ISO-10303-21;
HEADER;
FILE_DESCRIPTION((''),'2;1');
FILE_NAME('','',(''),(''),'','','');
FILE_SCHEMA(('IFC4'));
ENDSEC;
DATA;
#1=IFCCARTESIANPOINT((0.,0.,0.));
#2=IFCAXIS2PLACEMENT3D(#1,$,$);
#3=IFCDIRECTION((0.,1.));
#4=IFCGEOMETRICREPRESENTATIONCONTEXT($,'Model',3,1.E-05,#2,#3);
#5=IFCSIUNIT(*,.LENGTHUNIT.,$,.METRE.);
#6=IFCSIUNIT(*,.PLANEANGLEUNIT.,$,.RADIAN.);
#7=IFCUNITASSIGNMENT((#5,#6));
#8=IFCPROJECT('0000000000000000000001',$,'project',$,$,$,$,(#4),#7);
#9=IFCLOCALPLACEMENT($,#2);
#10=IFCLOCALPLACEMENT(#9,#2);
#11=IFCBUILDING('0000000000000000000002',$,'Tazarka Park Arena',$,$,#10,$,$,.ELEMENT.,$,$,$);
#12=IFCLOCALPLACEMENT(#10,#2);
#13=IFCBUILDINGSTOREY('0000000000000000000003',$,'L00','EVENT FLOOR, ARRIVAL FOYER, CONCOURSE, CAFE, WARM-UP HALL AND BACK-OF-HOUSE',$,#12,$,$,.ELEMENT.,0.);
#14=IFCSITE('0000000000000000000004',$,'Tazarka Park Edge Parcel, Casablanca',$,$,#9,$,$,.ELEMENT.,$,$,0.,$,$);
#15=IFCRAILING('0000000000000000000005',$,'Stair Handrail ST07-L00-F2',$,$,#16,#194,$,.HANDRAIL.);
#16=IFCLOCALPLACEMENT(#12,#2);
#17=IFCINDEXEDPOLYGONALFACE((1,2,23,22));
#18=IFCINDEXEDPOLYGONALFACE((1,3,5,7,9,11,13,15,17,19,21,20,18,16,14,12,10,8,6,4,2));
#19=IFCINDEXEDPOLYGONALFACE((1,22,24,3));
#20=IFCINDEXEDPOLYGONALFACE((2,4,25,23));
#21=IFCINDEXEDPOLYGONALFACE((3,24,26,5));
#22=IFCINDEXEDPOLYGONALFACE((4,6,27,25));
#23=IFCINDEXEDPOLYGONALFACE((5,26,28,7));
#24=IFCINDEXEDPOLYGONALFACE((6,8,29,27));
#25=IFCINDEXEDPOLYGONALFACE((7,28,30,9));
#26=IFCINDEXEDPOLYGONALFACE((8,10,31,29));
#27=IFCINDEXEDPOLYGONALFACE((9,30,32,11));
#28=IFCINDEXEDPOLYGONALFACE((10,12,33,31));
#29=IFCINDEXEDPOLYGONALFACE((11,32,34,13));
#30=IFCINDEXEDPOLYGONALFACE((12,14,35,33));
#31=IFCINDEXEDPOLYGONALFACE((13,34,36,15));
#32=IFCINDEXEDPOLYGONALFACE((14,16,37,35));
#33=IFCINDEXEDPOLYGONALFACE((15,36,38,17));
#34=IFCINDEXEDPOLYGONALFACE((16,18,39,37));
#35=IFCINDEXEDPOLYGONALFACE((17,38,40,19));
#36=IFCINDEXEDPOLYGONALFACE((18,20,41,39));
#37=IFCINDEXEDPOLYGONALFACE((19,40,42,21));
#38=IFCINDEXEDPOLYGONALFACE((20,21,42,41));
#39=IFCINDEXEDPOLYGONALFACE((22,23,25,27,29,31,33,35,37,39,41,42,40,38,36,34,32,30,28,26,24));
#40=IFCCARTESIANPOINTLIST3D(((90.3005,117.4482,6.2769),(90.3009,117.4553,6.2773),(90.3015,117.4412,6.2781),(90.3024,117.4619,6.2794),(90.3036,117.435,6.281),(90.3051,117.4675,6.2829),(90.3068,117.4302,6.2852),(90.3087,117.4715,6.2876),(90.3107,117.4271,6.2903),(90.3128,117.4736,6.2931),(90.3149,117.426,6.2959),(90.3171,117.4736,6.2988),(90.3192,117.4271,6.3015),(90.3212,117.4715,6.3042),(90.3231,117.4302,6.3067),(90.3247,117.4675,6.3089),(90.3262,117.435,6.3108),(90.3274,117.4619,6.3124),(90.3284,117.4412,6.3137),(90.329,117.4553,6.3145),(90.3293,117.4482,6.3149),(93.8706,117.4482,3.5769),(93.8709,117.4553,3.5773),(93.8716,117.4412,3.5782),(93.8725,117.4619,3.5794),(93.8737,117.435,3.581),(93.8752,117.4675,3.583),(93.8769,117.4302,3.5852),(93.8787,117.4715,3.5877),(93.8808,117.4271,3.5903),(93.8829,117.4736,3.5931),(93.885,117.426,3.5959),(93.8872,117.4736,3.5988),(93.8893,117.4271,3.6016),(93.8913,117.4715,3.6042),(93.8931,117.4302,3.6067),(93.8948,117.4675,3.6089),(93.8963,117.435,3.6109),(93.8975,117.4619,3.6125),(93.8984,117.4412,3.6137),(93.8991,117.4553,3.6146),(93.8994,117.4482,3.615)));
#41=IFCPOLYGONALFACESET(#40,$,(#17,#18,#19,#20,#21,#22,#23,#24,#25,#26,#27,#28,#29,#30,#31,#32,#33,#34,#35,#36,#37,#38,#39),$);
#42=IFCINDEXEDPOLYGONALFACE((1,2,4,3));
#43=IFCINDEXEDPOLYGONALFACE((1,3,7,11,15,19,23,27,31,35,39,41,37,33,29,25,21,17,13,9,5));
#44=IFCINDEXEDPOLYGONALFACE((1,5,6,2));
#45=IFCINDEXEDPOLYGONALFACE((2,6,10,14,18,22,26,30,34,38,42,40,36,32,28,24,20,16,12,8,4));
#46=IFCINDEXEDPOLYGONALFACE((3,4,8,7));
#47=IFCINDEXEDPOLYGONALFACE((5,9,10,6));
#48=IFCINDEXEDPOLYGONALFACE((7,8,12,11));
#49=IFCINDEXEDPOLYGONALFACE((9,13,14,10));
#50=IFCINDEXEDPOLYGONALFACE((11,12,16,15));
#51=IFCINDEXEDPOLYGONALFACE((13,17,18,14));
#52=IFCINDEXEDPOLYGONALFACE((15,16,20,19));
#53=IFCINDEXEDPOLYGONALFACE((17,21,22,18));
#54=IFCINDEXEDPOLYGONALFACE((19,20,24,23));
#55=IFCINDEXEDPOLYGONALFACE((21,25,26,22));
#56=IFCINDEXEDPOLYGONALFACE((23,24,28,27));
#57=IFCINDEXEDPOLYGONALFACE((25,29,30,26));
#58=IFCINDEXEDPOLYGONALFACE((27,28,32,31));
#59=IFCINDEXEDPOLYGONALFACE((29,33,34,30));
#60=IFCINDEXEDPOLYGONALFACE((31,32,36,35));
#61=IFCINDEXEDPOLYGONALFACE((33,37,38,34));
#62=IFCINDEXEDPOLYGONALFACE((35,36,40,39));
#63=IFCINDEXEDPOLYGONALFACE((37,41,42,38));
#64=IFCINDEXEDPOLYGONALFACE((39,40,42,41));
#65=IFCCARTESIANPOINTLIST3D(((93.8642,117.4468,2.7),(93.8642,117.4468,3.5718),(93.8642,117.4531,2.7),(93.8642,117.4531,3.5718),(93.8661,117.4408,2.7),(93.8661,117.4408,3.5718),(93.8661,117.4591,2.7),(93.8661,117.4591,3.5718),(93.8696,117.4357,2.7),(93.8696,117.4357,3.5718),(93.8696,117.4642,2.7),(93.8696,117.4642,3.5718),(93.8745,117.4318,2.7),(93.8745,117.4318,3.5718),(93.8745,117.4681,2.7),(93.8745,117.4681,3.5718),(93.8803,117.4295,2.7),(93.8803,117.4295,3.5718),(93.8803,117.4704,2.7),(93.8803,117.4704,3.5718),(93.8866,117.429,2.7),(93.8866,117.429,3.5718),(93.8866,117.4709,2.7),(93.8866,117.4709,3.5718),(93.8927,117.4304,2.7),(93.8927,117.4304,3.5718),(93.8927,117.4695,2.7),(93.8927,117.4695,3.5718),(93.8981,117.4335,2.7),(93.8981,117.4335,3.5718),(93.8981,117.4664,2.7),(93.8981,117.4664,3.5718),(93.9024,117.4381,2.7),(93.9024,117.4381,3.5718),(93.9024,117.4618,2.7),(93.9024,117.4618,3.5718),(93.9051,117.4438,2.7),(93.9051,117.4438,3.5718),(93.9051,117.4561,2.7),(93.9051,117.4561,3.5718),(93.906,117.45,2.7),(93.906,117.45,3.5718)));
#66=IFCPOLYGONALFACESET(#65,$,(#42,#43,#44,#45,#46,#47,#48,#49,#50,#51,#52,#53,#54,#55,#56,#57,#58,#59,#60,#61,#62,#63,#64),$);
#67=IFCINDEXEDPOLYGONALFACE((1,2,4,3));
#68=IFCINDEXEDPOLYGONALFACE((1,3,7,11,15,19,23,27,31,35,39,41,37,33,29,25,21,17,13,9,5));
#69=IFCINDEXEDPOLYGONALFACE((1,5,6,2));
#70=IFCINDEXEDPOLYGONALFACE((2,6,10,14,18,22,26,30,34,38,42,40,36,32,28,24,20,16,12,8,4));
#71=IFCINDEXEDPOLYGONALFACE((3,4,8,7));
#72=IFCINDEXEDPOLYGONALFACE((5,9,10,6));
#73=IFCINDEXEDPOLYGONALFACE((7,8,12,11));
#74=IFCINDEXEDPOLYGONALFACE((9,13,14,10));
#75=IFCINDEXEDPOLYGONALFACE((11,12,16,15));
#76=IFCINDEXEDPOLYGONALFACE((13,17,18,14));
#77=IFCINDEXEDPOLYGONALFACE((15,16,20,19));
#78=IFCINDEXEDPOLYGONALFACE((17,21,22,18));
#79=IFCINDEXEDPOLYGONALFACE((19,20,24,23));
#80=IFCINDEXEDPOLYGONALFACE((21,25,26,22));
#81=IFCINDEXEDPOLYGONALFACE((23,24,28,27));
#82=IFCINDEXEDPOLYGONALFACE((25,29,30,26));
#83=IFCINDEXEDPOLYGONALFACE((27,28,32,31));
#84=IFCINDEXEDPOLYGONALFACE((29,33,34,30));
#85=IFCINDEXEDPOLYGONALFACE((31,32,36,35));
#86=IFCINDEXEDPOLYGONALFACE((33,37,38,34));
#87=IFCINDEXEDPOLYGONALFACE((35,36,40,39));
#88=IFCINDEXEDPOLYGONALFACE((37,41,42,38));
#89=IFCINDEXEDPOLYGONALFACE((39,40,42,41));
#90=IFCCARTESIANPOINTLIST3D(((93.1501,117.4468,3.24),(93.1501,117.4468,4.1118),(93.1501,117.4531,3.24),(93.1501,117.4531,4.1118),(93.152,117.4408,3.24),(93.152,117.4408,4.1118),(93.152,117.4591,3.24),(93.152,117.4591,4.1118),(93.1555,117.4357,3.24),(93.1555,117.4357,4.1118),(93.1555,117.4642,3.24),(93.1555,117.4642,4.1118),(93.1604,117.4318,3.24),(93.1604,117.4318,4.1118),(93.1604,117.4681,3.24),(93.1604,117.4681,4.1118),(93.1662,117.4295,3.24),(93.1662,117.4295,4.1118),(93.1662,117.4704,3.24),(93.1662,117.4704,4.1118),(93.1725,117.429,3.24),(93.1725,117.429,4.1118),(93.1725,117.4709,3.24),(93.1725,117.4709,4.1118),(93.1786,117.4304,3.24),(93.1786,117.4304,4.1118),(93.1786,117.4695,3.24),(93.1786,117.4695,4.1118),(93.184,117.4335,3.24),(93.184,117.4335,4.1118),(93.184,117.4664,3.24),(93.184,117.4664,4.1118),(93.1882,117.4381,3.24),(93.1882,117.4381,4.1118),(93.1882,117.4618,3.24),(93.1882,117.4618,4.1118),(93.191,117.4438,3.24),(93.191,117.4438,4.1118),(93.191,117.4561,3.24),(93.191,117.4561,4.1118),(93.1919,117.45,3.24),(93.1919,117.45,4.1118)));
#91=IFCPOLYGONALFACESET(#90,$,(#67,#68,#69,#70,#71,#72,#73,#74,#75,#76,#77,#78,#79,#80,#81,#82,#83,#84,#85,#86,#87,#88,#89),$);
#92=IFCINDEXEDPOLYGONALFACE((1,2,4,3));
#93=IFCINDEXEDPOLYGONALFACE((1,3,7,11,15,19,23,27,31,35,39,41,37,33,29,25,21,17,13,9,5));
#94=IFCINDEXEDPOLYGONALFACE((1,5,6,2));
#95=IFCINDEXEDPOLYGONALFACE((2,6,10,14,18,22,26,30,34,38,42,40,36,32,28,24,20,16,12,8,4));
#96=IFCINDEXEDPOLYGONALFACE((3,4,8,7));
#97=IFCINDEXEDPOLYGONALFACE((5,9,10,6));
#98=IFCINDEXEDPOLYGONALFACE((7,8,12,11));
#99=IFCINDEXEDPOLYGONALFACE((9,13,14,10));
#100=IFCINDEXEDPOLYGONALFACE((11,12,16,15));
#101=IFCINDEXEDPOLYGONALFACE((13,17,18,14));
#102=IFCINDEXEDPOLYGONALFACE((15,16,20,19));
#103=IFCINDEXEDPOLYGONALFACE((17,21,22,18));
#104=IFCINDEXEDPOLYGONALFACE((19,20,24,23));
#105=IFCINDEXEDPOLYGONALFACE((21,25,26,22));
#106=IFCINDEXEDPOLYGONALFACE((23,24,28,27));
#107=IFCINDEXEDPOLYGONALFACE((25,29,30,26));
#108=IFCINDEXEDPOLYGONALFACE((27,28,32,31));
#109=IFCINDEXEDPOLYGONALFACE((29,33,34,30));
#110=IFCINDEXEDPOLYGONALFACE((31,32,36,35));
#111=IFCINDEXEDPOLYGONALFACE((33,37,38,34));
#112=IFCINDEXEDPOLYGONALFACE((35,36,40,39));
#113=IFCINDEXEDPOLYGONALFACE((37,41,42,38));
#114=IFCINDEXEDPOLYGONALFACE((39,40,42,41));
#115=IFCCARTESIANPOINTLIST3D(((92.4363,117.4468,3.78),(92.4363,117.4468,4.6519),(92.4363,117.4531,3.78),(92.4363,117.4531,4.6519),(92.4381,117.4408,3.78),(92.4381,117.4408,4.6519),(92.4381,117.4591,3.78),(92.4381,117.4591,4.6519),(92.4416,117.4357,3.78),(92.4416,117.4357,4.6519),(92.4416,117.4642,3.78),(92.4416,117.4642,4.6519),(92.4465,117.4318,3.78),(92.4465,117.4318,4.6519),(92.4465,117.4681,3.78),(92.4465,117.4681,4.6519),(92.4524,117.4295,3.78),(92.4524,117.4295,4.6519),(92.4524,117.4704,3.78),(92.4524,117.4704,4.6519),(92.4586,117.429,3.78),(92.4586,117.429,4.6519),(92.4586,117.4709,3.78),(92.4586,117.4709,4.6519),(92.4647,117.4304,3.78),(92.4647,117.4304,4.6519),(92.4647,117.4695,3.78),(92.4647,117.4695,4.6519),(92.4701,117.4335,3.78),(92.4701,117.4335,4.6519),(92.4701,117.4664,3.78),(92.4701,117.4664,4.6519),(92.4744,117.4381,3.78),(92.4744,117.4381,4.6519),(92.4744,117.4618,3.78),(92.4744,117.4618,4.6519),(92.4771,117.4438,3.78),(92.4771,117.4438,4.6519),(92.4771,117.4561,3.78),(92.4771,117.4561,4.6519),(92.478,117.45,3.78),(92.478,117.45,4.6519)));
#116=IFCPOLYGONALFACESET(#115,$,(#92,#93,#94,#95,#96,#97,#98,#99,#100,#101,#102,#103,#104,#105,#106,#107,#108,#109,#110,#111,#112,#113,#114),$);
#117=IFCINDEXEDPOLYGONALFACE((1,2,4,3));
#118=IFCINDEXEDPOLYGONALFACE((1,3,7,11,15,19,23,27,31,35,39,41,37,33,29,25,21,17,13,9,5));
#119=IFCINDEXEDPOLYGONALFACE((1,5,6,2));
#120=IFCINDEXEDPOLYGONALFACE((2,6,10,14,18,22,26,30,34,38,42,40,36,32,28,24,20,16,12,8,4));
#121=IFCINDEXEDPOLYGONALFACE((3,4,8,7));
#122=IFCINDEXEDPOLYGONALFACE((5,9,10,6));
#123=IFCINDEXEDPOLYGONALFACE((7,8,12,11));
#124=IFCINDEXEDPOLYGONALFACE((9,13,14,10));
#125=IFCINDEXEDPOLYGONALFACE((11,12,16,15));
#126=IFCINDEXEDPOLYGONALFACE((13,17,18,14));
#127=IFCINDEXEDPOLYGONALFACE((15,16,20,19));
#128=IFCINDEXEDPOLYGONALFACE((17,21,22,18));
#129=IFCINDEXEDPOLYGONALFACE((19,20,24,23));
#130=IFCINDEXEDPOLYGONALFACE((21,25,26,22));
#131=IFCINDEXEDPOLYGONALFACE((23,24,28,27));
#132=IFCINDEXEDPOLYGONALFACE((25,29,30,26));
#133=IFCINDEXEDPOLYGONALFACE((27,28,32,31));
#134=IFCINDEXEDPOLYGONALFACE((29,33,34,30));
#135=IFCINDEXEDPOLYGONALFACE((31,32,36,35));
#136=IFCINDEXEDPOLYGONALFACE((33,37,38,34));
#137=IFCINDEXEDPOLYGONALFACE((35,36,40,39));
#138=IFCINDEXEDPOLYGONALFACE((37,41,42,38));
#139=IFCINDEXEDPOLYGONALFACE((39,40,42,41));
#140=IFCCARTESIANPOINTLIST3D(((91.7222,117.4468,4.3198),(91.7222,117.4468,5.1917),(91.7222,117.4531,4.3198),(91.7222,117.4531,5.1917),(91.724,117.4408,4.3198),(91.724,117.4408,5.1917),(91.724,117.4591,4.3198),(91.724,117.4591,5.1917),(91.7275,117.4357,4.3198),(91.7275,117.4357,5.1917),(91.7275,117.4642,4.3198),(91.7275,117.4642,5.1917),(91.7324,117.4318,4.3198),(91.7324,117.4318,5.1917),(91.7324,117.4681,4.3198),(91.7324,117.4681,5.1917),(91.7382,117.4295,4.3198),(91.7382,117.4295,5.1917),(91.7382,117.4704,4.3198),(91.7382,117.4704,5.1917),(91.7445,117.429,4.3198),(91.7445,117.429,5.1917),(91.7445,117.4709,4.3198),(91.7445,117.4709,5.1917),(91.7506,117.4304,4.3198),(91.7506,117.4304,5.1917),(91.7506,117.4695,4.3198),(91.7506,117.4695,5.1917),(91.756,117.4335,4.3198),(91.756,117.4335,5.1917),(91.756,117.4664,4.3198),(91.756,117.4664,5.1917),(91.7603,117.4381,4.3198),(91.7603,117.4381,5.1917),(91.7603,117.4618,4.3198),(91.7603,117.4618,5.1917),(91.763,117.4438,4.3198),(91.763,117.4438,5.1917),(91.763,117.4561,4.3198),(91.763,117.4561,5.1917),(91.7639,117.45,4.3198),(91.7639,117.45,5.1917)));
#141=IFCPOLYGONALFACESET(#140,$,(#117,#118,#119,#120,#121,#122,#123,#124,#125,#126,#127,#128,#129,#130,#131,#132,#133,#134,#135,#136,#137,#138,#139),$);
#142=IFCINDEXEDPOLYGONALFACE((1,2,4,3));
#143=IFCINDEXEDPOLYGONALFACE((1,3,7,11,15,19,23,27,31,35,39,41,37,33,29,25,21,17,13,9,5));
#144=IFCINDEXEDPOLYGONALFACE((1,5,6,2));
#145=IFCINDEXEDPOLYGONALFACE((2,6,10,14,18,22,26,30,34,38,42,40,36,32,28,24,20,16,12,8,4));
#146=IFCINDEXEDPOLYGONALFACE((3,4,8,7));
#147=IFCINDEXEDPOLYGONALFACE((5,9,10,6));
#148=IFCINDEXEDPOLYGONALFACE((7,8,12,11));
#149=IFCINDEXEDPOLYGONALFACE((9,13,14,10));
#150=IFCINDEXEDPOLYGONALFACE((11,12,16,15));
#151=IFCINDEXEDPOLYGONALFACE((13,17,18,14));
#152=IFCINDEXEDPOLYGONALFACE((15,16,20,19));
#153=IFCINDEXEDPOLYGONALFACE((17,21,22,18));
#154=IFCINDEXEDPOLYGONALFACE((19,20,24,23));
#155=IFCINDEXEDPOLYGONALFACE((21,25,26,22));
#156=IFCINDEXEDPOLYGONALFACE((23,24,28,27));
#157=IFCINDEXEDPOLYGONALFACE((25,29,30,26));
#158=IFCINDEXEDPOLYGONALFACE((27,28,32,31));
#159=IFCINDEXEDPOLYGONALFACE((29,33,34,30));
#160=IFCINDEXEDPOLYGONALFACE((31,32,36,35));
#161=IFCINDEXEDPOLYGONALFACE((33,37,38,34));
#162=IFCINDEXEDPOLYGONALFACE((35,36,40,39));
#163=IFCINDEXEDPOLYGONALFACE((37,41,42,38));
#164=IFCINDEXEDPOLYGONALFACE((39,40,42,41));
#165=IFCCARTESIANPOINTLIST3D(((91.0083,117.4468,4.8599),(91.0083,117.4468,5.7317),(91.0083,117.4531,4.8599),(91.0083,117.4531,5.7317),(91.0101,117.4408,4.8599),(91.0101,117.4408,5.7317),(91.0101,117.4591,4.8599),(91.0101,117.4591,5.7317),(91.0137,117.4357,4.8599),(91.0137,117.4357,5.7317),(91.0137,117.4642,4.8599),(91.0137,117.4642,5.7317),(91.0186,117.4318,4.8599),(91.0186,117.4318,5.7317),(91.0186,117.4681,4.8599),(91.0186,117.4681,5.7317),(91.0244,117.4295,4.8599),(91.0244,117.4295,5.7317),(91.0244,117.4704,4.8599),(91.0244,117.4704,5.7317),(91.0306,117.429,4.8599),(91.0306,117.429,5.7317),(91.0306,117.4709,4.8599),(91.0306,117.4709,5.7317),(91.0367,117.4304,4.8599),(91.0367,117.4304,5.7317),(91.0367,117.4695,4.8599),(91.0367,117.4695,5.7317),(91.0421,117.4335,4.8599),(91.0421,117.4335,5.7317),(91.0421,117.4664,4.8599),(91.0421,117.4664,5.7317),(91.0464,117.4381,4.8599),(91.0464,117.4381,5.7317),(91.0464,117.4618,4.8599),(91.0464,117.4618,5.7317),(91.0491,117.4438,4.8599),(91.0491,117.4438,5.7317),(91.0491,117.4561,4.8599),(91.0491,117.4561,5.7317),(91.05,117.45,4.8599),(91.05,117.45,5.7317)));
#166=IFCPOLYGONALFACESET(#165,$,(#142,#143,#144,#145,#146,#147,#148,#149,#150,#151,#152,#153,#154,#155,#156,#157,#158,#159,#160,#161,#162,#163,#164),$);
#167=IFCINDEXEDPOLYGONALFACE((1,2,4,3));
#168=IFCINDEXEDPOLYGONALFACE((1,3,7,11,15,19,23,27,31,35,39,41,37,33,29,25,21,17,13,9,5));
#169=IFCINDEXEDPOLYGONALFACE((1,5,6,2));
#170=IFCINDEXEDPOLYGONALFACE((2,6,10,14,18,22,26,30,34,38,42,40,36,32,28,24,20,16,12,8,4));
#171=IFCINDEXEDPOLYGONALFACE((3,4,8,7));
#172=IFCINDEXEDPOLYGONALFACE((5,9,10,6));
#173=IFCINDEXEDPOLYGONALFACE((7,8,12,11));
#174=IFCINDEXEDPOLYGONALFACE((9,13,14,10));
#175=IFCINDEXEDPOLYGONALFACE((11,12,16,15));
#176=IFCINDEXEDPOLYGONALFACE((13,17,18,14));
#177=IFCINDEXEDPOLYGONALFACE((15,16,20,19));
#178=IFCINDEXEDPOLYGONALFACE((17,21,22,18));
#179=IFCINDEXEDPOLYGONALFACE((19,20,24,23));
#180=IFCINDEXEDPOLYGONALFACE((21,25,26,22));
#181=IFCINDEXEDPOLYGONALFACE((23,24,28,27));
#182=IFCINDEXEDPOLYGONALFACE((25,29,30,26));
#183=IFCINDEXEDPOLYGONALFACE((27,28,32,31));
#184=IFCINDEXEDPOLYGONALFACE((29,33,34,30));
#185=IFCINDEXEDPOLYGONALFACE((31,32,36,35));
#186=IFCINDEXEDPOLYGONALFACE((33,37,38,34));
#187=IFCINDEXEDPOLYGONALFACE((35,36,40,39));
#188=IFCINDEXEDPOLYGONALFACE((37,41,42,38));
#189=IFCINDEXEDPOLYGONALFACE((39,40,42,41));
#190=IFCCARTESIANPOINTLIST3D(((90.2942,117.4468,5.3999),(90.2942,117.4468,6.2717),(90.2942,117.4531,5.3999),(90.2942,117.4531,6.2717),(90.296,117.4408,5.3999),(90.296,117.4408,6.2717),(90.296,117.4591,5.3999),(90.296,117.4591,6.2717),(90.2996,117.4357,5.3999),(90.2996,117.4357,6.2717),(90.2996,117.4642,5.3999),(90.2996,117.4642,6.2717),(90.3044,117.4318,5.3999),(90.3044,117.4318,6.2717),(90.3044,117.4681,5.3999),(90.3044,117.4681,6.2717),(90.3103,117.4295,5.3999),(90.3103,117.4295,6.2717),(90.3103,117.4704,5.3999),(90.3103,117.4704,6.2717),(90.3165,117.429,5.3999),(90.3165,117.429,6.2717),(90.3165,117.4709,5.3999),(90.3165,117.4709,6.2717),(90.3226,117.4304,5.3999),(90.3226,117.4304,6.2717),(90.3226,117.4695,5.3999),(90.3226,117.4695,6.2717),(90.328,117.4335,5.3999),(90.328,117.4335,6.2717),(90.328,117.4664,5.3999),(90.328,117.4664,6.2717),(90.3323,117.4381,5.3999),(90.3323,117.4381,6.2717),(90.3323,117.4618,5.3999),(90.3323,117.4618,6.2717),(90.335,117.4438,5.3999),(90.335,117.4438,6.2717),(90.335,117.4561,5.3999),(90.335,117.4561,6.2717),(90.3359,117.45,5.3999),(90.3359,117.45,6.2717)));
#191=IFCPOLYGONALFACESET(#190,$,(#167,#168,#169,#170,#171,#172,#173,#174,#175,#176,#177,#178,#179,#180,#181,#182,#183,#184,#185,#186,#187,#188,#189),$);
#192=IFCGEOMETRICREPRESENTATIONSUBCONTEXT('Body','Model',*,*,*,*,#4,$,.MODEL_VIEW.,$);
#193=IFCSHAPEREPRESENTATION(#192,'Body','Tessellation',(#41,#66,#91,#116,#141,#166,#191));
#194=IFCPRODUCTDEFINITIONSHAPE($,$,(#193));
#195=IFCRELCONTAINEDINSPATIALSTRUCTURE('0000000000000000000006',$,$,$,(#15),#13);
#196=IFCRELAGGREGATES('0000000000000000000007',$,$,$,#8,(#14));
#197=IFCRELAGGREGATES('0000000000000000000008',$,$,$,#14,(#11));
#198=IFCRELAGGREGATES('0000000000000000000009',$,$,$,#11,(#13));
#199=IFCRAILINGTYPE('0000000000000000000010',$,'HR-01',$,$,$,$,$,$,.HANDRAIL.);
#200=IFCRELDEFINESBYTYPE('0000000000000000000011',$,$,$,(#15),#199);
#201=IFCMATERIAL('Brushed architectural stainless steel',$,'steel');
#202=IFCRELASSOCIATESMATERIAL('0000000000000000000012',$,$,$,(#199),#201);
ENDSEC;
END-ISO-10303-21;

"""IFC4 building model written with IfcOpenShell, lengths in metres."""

from ifc_helpers import new_model, si_unit, direction, frame, origin, origin_2d, place, context, subcontext, project, spatial, circle, extrude, material, type_object, element, save


model = new_model("IFC4")

# Units and contexts
model_context = context("Model", 3, precision=1e-05, world=origin(), true_north=direction((0.0, 1.0)))
body_context = subcontext(model_context, "Body", "Model", "MODEL_VIEW")
ifc_project = project(units=[si_unit("LENGTHUNIT", "METRE"), si_unit("PLANEANGLEUNIT", "RADIAN")], contexts=[model_context])

# Site, building, storey
site_placement = place(None, origin())
site = spatial("IfcSite", under=ifc_project, at=site_placement, Name="Tazarka Park Edge Parcel, Casablanca", CompositionType="ELEMENT", RefElevation=0.0)
building_placement = place(site_placement, origin())
building = spatial("IfcBuilding", under=site, at=building_placement, Name="Tazarka Park Arena", CompositionType="ELEMENT")
storey_placement = place(building_placement, origin())
storey = spatial("IfcBuildingStorey", under=building, at=storey_placement, Name="L00", Description="EVENT FLOOR, ARRIVAL FOYER, CONCOURSE, CAFE, WARM-UP HALL AND BACK-OF-HOUSE", CompositionType="ELEMENT", Elevation=0.0)

# Railing
ifc_material_1 = material(Name="Brushed architectural stainless steel", Category="steel")
railing_type = type_object("IfcRailingType", Name="HR-01", PredefinedType="HANDRAIL", material=ifc_material_1)
railing_placement = place(storey_placement, frame((93.885, 117.45, 2.7)))
element("IfcRailing", 1, at=railing_placement, inside=storey, type_object=railing_type, Name="Stair Handrail ST07-L00-F2", PredefinedType="HANDRAIL", context=body_context, shape_type="SweptSolid", body=[
    extrude(circle(Radius=0.0239, at=origin_2d()), frame((0.0, 0.0, 0.896), z_axis=(-0.797591, 0.0, 0.603198), x_axis=(0.0, -1.0, 0.0)), (0.0, 0.0, 1.0), 4.4761),
    extrude(circle(Radius=0.021, at=origin_2d()), origin(), (0.0, 0.0, 1.0), 0.8718),
    extrude(circle(Radius=0.021, at=origin_2d()), frame((-0.7141, 0.0, 0.54)), (0.0, 0.0, 1.0), 0.8718),
    extrude(circle(Radius=0.021, at=origin_2d()), frame((-1.428, 0.0, 1.0801)), (0.0, 0.0, 1.0), 0.8718),
    extrude(circle(Radius=0.021, at=origin_2d()), frame((-2.1421, 0.0, 1.6199)), (0.0, 0.0, 1.0), 0.8718),
    extrude(circle(Radius=0.021, at=origin_2d()), frame((-2.856, 0.0, 2.1599)), (0.0, 0.0, 1.0), 0.8718),
    extrude(circle(Radius=0.021, at=origin_2d()), frame((-3.5701, 0.0, 2.7)), (0.0, 0.0, 1.0), 0.8718),
])

save(model, "model.ifc")
